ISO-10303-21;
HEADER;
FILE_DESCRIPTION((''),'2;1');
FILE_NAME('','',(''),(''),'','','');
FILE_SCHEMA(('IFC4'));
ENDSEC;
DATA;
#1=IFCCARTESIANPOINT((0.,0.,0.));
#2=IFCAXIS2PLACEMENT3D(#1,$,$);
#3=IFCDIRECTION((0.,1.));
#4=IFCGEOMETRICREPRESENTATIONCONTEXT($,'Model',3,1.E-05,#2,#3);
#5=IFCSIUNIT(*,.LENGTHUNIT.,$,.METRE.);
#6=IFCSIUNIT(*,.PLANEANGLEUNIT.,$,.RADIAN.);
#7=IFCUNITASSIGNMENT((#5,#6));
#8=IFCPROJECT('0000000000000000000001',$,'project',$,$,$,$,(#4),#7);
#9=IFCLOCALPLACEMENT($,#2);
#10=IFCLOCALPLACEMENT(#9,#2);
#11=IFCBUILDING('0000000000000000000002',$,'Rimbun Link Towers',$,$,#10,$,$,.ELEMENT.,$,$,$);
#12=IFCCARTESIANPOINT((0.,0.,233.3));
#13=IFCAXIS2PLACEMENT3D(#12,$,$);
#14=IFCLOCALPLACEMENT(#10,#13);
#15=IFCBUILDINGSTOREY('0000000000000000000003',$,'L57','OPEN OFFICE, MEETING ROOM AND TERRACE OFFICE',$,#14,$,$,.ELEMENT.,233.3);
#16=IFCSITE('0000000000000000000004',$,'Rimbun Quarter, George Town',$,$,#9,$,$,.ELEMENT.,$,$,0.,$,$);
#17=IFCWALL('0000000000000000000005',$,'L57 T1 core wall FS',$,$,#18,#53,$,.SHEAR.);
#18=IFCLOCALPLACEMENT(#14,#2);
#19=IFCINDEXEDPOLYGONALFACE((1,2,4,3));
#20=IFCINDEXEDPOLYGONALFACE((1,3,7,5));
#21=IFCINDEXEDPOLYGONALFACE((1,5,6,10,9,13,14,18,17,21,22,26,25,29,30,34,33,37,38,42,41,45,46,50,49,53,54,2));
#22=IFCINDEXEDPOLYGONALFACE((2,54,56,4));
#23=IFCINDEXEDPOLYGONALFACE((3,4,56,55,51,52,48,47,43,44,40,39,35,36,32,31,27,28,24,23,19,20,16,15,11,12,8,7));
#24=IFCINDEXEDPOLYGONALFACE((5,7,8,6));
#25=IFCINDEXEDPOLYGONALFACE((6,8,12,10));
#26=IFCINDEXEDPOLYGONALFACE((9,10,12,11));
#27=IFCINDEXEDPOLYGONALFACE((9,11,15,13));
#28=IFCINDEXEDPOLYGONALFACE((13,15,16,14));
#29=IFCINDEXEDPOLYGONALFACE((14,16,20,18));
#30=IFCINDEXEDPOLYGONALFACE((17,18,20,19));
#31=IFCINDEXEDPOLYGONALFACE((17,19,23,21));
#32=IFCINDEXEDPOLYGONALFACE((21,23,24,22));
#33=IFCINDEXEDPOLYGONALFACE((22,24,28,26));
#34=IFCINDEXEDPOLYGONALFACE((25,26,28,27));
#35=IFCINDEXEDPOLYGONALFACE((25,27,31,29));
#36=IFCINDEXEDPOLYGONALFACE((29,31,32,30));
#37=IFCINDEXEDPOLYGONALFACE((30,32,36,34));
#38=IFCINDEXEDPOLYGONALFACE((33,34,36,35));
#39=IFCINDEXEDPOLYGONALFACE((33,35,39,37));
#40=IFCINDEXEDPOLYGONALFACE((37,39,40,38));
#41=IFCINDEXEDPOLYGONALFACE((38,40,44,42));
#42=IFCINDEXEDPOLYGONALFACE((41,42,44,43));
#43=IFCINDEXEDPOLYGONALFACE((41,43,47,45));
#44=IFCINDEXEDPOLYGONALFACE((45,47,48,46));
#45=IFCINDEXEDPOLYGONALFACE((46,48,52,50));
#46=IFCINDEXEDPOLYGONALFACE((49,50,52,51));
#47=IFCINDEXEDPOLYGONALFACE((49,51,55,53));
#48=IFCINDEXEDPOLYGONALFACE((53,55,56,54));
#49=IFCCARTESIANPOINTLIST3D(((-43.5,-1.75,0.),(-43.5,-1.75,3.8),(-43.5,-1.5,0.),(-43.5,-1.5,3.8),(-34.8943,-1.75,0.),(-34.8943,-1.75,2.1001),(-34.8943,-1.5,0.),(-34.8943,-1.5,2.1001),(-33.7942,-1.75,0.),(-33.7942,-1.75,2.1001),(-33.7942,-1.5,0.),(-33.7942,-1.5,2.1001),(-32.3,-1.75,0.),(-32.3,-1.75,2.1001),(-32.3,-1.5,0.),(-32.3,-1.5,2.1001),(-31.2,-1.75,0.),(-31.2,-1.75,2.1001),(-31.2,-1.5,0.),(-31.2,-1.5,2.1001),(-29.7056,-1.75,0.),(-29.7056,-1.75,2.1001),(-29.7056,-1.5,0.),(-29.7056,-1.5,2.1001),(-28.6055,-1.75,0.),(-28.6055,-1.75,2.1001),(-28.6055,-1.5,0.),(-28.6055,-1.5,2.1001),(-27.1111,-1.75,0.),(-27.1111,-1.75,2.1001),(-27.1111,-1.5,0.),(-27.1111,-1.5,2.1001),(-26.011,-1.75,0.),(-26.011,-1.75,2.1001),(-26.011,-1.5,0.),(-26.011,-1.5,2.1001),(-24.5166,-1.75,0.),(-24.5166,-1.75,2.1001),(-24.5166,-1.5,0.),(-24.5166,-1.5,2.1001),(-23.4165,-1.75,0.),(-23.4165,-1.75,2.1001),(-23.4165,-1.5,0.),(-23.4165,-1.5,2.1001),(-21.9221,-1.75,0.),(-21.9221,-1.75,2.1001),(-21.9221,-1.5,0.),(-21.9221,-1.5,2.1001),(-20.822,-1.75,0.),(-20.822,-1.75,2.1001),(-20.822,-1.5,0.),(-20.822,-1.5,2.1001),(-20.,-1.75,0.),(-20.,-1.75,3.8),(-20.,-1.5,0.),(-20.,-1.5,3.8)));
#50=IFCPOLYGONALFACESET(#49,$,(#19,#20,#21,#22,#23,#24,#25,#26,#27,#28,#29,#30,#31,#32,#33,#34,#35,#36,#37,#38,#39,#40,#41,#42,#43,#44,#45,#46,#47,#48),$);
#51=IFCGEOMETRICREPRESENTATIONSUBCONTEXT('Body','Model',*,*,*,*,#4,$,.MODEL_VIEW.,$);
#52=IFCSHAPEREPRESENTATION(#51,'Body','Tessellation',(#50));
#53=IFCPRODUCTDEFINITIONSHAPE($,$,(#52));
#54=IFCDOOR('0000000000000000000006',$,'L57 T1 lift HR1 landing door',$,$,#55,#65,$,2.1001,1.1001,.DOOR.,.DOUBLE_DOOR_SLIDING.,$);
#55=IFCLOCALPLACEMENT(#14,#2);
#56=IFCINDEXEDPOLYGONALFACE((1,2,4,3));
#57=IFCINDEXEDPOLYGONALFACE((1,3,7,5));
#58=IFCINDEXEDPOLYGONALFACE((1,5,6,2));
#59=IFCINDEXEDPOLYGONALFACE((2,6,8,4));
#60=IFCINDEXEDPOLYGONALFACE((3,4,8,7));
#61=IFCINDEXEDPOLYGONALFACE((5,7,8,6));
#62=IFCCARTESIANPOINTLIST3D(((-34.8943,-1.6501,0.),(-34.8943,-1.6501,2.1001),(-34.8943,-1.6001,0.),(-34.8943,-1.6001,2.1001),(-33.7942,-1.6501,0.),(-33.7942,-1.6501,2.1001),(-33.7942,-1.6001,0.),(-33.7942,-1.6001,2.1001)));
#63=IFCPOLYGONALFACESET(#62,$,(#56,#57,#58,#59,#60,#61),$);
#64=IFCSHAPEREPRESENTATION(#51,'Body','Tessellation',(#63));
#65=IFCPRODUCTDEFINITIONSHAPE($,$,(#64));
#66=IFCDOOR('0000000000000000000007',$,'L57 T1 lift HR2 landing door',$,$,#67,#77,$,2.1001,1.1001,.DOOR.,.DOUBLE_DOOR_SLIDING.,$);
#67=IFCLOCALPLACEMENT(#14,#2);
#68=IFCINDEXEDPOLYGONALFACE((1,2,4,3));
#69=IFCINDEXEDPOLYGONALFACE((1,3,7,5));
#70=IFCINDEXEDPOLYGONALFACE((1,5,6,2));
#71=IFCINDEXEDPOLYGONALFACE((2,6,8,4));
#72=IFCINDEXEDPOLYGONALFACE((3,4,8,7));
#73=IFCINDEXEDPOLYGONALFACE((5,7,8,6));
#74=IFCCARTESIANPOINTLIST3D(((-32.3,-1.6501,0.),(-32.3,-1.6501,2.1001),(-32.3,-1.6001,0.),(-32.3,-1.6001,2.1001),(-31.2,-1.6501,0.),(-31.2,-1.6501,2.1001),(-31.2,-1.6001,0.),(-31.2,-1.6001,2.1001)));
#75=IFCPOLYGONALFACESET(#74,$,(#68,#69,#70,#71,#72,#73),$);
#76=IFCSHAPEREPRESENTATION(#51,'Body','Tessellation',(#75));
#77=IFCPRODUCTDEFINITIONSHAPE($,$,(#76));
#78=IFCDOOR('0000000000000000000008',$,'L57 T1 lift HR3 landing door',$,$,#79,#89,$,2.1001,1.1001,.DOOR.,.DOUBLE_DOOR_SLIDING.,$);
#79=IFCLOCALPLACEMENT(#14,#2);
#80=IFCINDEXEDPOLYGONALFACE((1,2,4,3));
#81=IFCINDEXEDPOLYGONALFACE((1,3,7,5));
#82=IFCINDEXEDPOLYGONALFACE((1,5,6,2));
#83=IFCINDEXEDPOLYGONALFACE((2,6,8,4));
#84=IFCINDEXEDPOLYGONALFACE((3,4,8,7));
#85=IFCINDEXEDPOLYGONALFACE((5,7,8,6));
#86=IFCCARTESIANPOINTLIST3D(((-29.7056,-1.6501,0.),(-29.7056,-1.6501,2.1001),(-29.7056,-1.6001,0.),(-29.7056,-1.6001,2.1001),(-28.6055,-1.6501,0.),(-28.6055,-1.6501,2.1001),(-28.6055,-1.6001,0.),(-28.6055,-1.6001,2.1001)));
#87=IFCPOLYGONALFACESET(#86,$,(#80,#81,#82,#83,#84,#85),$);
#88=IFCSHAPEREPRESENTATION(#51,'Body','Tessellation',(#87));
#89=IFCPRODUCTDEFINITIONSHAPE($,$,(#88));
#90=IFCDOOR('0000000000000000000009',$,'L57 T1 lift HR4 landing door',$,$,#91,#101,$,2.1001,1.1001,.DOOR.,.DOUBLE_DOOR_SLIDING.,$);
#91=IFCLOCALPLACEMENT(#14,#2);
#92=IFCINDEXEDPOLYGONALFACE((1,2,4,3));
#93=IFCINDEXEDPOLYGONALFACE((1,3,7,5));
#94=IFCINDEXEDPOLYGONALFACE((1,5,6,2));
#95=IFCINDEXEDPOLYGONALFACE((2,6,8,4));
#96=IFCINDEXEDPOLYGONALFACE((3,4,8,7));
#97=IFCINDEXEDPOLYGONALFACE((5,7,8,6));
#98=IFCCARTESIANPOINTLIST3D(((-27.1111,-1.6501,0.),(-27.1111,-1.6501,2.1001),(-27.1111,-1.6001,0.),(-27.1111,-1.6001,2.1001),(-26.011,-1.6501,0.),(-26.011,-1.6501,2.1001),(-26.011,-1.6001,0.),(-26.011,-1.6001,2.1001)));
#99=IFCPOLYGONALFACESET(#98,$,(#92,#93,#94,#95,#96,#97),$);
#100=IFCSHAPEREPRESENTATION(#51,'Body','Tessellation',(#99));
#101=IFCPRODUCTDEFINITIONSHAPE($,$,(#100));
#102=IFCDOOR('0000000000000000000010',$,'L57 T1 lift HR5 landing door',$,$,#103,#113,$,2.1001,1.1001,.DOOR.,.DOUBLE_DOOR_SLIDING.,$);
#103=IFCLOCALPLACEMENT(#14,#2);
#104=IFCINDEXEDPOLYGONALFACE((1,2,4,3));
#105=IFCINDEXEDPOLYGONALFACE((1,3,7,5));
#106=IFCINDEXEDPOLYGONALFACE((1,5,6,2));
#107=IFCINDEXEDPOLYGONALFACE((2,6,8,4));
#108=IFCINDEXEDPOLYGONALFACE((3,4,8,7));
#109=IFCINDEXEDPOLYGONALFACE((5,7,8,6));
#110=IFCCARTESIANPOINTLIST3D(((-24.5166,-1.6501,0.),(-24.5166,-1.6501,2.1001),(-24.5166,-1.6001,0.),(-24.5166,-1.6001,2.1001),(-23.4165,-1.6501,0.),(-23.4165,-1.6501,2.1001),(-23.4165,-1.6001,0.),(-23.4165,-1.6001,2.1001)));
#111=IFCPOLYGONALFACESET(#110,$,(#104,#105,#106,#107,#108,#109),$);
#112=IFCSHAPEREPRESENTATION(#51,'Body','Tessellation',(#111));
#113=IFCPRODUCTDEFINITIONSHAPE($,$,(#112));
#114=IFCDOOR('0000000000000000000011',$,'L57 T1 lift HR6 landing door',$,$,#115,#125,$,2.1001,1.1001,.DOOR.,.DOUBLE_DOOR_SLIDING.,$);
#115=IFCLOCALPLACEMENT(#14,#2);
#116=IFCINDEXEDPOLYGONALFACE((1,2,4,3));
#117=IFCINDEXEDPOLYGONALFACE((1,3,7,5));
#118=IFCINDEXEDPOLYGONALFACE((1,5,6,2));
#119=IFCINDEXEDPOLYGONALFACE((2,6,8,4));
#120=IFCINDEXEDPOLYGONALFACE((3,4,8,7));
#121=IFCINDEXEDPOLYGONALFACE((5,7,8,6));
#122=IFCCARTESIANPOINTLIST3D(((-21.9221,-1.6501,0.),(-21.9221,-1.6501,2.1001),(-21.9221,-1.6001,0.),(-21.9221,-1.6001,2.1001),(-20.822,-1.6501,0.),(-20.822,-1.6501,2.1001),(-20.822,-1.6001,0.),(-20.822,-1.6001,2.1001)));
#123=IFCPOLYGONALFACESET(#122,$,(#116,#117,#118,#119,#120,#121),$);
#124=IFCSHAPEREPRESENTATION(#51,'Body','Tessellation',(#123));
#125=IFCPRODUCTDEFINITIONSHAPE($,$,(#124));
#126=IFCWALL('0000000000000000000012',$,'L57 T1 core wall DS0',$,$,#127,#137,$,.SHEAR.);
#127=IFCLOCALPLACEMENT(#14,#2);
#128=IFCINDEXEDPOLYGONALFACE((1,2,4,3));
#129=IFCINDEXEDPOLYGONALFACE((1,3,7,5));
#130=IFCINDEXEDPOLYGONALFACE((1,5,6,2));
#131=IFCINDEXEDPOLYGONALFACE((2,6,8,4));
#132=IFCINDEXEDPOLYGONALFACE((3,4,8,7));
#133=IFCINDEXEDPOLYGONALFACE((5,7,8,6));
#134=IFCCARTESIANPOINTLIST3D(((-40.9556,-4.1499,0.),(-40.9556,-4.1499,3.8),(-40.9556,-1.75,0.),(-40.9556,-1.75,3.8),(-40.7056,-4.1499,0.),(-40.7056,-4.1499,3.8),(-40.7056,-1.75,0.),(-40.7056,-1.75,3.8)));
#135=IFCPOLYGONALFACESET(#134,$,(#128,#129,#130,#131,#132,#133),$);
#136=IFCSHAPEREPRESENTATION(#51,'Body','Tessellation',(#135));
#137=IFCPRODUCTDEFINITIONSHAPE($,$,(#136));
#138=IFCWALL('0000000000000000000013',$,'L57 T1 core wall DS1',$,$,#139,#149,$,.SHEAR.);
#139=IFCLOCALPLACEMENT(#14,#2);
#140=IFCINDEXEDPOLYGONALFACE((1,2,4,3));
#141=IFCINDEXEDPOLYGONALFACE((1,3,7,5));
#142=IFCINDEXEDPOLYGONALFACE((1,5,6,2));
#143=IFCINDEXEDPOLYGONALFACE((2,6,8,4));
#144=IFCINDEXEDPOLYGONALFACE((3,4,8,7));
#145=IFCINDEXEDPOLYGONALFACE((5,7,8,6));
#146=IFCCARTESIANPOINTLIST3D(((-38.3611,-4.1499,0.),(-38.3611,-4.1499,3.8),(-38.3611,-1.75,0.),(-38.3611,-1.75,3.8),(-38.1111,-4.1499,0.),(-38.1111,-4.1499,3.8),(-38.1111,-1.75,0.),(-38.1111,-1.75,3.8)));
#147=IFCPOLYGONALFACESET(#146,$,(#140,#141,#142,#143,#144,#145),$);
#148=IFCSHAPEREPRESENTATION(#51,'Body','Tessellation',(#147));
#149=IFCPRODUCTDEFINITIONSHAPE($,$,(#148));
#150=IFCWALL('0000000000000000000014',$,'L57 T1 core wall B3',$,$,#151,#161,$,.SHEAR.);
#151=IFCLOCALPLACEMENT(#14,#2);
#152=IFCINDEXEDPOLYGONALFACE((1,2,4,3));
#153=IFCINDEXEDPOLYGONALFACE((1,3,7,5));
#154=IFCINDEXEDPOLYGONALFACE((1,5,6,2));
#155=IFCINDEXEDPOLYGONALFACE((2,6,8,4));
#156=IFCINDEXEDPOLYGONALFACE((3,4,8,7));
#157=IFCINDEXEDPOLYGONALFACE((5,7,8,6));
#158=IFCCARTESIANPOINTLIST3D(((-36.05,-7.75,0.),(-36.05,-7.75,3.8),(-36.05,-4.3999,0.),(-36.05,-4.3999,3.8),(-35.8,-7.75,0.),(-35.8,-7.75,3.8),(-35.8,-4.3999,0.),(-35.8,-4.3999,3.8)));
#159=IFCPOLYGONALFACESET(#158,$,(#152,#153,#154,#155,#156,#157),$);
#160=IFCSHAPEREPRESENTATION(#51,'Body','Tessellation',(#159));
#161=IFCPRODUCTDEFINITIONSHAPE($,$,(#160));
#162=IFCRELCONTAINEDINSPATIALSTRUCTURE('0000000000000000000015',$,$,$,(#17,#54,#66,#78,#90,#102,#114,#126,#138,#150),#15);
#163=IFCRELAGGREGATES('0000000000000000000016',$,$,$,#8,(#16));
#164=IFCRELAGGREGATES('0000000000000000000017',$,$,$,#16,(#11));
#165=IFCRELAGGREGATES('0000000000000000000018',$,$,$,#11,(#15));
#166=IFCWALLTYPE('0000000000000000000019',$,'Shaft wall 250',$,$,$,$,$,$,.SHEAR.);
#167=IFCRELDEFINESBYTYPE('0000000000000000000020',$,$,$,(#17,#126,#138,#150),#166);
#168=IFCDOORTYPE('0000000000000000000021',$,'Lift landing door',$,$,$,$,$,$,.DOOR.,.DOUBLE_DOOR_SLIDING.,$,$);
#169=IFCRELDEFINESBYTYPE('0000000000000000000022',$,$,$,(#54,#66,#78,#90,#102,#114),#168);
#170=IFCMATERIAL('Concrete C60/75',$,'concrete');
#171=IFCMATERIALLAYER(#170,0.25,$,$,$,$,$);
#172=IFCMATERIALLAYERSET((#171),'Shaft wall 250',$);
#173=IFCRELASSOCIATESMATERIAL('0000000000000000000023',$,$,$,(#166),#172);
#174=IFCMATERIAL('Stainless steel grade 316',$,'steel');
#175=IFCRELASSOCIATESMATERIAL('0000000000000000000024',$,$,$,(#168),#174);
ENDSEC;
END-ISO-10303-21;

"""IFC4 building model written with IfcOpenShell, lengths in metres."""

from ifc_helpers import new_model, si_unit, direction, frame, frame_2d, origin, place, context, subcontext, project, spatial, rectangle, extrude, material, layer, layer_set, type_object, element, fill, save


model = new_model("IFC4")

# Units and contexts
model_context = context("Model", 3, precision=1e-05, world=origin(), true_north=direction((0.0, 1.0)))
body_context = subcontext(model_context, "Body", "Model", "MODEL_VIEW")
ifc_project = project(units=[si_unit("LENGTHUNIT", "METRE"), si_unit("PLANEANGLEUNIT", "RADIAN")], contexts=[model_context])

# Site, building, storey
site_placement = place(None, origin())
site = spatial("IfcSite", under=ifc_project, at=site_placement, Name="Rimbun Quarter, George Town", CompositionType="ELEMENT", RefElevation=0.0)
building_placement = place(site_placement, origin())
building = spatial("IfcBuilding", under=site, at=building_placement, Name="Rimbun Link Towers", CompositionType="ELEMENT")
storey_placement = place(building_placement, frame((0.0, 0.0, 233.3)))
storey = spatial("IfcBuildingStorey", under=building, at=storey_placement, Name="L57", Description="OPEN OFFICE, MEETING ROOM AND TERRACE OFFICE", CompositionType="ELEMENT", Elevation=233.3)

# Wall, openings, doors
ifc_material_1 = material(Name="Concrete C60/75", Category="concrete")
ifc_layer_1 = layer(ifc_material_1, 0.25)
ifc_layer_set_1 = layer_set([ifc_layer_1], Name="Shaft wall 250")
wall_type_1 = type_object("IfcWallType", Name="Shaft wall 250", PredefinedType="SHEAR", material=ifc_layer_set_1)
wall_1_placement = place(storey_placement, frame((-43.5, -1.625, 0.0), z_axis=(0.0, 0.0, 1.0), x_axis=(1.0, 0.0, 0.0)))
wall_1 = element("IfcWall", 1, at=wall_1_placement, inside=storey, type_object=wall_type_1, Name="L57 T1 core wall FS", PredefinedType="SHEAR", context=body_context, shape_type="SweptSolid", body=[
    extrude(rectangle(XDim=23.5, YDim=0.25, at=frame_2d((11.75, 0.0))), origin(), (0.0, 0.0, 1.0), 3.8),
])
opening_1_placement = place(wall_1_placement, frame((8.6057, 0.0, 0.0)))
opening_1 = element("IfcOpeningElement", 2, at=opening_1_placement, cuts=wall_1, PredefinedType="OPENING", context=body_context, shape_type="SweptSolid", body=[
    extrude(rectangle(XDim=1.1001, YDim=2.1001, at=frame_2d((0.55, 1.05))), frame((0.0, 0.135, 0.0), z_axis=(0.0, -1.0, 0.0), x_axis=(1.0, 0.0, 0.0)), (0.0, 0.0, 1.0), 0.27),
])
opening_2_placement = place(wall_1_placement, frame((11.2, 0.0, 0.0)))
opening_2 = element("IfcOpeningElement", 3, at=opening_2_placement, cuts=wall_1, PredefinedType="OPENING", context=body_context, shape_type="SweptSolid", body=[
    extrude(rectangle(XDim=1.1001, YDim=2.1001, at=frame_2d((0.55, 1.05))), frame((0.0, 0.135, 0.0), z_axis=(0.0, -1.0, 0.0), x_axis=(1.0, 0.0, 0.0)), (0.0, 0.0, 1.0), 0.27),
])
opening_3_placement = place(wall_1_placement, frame((13.7944, 0.0, 0.0)))
opening_3 = element("IfcOpeningElement", 4, at=opening_3_placement, cuts=wall_1, PredefinedType="OPENING", context=body_context, shape_type="SweptSolid", body=[
    extrude(rectangle(XDim=1.1001, YDim=2.1001, at=frame_2d((0.55, 1.05))), frame((0.0, 0.135, 0.0), z_axis=(0.0, -1.0, 0.0), x_axis=(1.0, 0.0, 0.0)), (0.0, 0.0, 1.0), 0.27),
])
opening_4_placement = place(wall_1_placement, frame((16.3889, 0.0, 0.0)))
opening_4 = element("IfcOpeningElement", 5, at=opening_4_placement, cuts=wall_1, PredefinedType="OPENING", context=body_context, shape_type="SweptSolid", body=[
    extrude(rectangle(XDim=1.1001, YDim=2.1001, at=frame_2d((0.55, 1.05))), frame((0.0, 0.135, 0.0), z_axis=(0.0, -1.0, 0.0), x_axis=(1.0, 0.0, 0.0)), (0.0, 0.0, 1.0), 0.27),
])
opening_5_placement = place(wall_1_placement, frame((18.9834, 0.0, 0.0)))
opening_5 = element("IfcOpeningElement", 6, at=opening_5_placement, cuts=wall_1, PredefinedType="OPENING", context=body_context, shape_type="SweptSolid", body=[
    extrude(rectangle(XDim=1.1001, YDim=2.1001, at=frame_2d((0.55, 1.05))), frame((0.0, 0.135, 0.0), z_axis=(0.0, -1.0, 0.0), x_axis=(1.0, 0.0, 0.0)), (0.0, 0.0, 1.0), 0.27),
])
opening_6_placement = place(wall_1_placement, frame((21.5779, 0.0, 0.0)))
opening_6 = element("IfcOpeningElement", 7, at=opening_6_placement, cuts=wall_1, PredefinedType="OPENING", context=body_context, shape_type="SweptSolid", body=[
    extrude(rectangle(XDim=1.1001, YDim=2.1001, at=frame_2d((0.55, 1.05))), frame((0.0, 0.135, 0.0), z_axis=(0.0, -1.0, 0.0), x_axis=(1.0, 0.0, 0.0)), (0.0, 0.0, 1.0), 0.27),
])
ifc_material_2 = material(Name="Stainless steel grade 316", Category="steel")
door_type_1 = type_object("IfcDoorType", Name="Lift landing door", OperationType="DOUBLE_DOOR_SLIDING", PredefinedType="DOOR", material=ifc_material_2)
door_1_placement = place(opening_1_placement, origin())
door_1 = element("IfcDoor", 8, at=door_1_placement, inside=storey, type_object=door_type_1, Name="L57 T1 lift HR1 landing door", OperationType="DOUBLE_DOOR_SLIDING", OverallHeight=2.1001, OverallWidth=1.1001, PredefinedType="DOOR", context=body_context, shape_type="SweptSolid", body=[
    extrude(rectangle(XDim=1.1001, YDim=2.1001, at=frame_2d((0.55, 1.05))), frame((0.0, 0.0249, 0.0), z_axis=(0.0, -1.0, 0.0), x_axis=(1.0, 0.0, 0.0)), (0.0, 0.0, 1.0), 0.05),
])
fill(opening_1, door_1)
door_2_placement = place(opening_2_placement, origin())
door_2 = element("IfcDoor", 9, at=door_2_placement, inside=storey, type_object=door_type_1, Name="L57 T1 lift HR2 landing door", OperationType="DOUBLE_DOOR_SLIDING", OverallHeight=2.1001, OverallWidth=1.1001, PredefinedType="DOOR", context=body_context, shape_type="SweptSolid", body=[
    extrude(rectangle(XDim=1.1001, YDim=2.1001, at=frame_2d((0.55, 1.05))), frame((0.0, 0.0249, 0.0), z_axis=(0.0, -1.0, 0.0), x_axis=(1.0, 0.0, 0.0)), (0.0, 0.0, 1.0), 0.05),
])
fill(opening_2, door_2)
door_3_placement = place(opening_3_placement, origin())
door_3 = element("IfcDoor", 10, at=door_3_placement, inside=storey, type_object=door_type_1, Name="L57 T1 lift HR3 landing door", OperationType="DOUBLE_DOOR_SLIDING", OverallHeight=2.1001, OverallWidth=1.1001, PredefinedType="DOOR", context=body_context, shape_type="SweptSolid", body=[
    extrude(rectangle(XDim=1.1001, YDim=2.1001, at=frame_2d((0.55, 1.05))), frame((0.0, 0.0249, 0.0), z_axis=(0.0, -1.0, 0.0), x_axis=(1.0, 0.0, 0.0)), (0.0, 0.0, 1.0), 0.05),
])
fill(opening_3, door_3)
door_4_placement = place(opening_4_placement, origin())
door_4 = element("IfcDoor", 11, at=door_4_placement, inside=storey, type_object=door_type_1, Name="L57 T1 lift HR4 landing door", OperationType="DOUBLE_DOOR_SLIDING", OverallHeight=2.1001, OverallWidth=1.1001, PredefinedType="DOOR", context=body_context, shape_type="SweptSolid", body=[
    extrude(rectangle(XDim=1.1001, YDim=2.1001, at=frame_2d((0.55, 1.05))), frame((0.0, 0.0249, 0.0), z_axis=(0.0, -1.0, 0.0), x_axis=(1.0, 0.0, 0.0)), (0.0, 0.0, 1.0), 0.05),
])
fill(opening_4, door_4)
door_5_placement = place(opening_5_placement, origin())
door_5 = element("IfcDoor", 12, at=door_5_placement, inside=storey, type_object=door_type_1, Name="L57 T1 lift HR5 landing door", OperationType="DOUBLE_DOOR_SLIDING", OverallHeight=2.1001, OverallWidth=1.1001, PredefinedType="DOOR", context=body_context, shape_type="SweptSolid", body=[
    extrude(rectangle(XDim=1.1001, YDim=2.1001, at=frame_2d((0.55, 1.05))), frame((0.0, 0.0249, 0.0), z_axis=(0.0, -1.0, 0.0), x_axis=(1.0, 0.0, 0.0)), (0.0, 0.0, 1.0), 0.05),
])
fill(opening_5, door_5)
door_6_placement = place(opening_6_placement, origin())
door_6 = element("IfcDoor", 13, at=door_6_placement, inside=storey, type_object=door_type_1, Name="L57 T1 lift HR6 landing door", OperationType="DOUBLE_DOOR_SLIDING", OverallHeight=2.1001, OverallWidth=1.1001, PredefinedType="DOOR", context=body_context, shape_type="SweptSolid", body=[
    extrude(rectangle(XDim=1.1001, YDim=2.1001, at=frame_2d((0.55, 1.05))), frame((0.0, 0.0249, 0.0), z_axis=(0.0, -1.0, 0.0), x_axis=(1.0, 0.0, 0.0)), (0.0, 0.0, 1.0), 0.05),
])
fill(opening_6, door_6)

# Walls
for number, where, z_axis, x_axis, name in (
    (14, (-40.8306, -4.1499, 0.0), (0.0, 0.0, 1.0), (0.0, 1.0, 0.0), "L57 T1 core wall DS0"),
    (15, (-38.2361, -4.1499, 0.0), (0.0, 0.0, 1.0), (0.0, 1.0, 0.0), "L57 T1 core wall DS1"),
):
    element("IfcWall", number, at=place(storey_placement, frame(where, z_axis=z_axis, x_axis=x_axis)), inside=storey, type_object=wall_type_1, Name=name, PredefinedType="SHEAR", context=body_context, shape_type="SweptSolid", body=[
        extrude(rectangle(XDim=2.3999, YDim=0.25, at=frame_2d((1.2, 0.0))), origin(), (0.0, 0.0, 1.0), 3.8),
    ])
wall_2_placement = place(storey_placement, frame((-35.925, -4.3999, 0.0), z_axis=(0.0, 0.0, 1.0), x_axis=(0.0, -1.0, 0.0)))
element("IfcWall", 16, at=wall_2_placement, inside=storey, type_object=wall_type_1, Name="L57 T1 core wall B3", PredefinedType="SHEAR", context=body_context, shape_type="SweptSolid", body=[
    extrude(rectangle(XDim=3.3501, YDim=0.25, at=frame_2d((1.675, 0.0))), origin(), (0.0, 0.0, 1.0), 3.8),
])

save(model, "model.ifc")
